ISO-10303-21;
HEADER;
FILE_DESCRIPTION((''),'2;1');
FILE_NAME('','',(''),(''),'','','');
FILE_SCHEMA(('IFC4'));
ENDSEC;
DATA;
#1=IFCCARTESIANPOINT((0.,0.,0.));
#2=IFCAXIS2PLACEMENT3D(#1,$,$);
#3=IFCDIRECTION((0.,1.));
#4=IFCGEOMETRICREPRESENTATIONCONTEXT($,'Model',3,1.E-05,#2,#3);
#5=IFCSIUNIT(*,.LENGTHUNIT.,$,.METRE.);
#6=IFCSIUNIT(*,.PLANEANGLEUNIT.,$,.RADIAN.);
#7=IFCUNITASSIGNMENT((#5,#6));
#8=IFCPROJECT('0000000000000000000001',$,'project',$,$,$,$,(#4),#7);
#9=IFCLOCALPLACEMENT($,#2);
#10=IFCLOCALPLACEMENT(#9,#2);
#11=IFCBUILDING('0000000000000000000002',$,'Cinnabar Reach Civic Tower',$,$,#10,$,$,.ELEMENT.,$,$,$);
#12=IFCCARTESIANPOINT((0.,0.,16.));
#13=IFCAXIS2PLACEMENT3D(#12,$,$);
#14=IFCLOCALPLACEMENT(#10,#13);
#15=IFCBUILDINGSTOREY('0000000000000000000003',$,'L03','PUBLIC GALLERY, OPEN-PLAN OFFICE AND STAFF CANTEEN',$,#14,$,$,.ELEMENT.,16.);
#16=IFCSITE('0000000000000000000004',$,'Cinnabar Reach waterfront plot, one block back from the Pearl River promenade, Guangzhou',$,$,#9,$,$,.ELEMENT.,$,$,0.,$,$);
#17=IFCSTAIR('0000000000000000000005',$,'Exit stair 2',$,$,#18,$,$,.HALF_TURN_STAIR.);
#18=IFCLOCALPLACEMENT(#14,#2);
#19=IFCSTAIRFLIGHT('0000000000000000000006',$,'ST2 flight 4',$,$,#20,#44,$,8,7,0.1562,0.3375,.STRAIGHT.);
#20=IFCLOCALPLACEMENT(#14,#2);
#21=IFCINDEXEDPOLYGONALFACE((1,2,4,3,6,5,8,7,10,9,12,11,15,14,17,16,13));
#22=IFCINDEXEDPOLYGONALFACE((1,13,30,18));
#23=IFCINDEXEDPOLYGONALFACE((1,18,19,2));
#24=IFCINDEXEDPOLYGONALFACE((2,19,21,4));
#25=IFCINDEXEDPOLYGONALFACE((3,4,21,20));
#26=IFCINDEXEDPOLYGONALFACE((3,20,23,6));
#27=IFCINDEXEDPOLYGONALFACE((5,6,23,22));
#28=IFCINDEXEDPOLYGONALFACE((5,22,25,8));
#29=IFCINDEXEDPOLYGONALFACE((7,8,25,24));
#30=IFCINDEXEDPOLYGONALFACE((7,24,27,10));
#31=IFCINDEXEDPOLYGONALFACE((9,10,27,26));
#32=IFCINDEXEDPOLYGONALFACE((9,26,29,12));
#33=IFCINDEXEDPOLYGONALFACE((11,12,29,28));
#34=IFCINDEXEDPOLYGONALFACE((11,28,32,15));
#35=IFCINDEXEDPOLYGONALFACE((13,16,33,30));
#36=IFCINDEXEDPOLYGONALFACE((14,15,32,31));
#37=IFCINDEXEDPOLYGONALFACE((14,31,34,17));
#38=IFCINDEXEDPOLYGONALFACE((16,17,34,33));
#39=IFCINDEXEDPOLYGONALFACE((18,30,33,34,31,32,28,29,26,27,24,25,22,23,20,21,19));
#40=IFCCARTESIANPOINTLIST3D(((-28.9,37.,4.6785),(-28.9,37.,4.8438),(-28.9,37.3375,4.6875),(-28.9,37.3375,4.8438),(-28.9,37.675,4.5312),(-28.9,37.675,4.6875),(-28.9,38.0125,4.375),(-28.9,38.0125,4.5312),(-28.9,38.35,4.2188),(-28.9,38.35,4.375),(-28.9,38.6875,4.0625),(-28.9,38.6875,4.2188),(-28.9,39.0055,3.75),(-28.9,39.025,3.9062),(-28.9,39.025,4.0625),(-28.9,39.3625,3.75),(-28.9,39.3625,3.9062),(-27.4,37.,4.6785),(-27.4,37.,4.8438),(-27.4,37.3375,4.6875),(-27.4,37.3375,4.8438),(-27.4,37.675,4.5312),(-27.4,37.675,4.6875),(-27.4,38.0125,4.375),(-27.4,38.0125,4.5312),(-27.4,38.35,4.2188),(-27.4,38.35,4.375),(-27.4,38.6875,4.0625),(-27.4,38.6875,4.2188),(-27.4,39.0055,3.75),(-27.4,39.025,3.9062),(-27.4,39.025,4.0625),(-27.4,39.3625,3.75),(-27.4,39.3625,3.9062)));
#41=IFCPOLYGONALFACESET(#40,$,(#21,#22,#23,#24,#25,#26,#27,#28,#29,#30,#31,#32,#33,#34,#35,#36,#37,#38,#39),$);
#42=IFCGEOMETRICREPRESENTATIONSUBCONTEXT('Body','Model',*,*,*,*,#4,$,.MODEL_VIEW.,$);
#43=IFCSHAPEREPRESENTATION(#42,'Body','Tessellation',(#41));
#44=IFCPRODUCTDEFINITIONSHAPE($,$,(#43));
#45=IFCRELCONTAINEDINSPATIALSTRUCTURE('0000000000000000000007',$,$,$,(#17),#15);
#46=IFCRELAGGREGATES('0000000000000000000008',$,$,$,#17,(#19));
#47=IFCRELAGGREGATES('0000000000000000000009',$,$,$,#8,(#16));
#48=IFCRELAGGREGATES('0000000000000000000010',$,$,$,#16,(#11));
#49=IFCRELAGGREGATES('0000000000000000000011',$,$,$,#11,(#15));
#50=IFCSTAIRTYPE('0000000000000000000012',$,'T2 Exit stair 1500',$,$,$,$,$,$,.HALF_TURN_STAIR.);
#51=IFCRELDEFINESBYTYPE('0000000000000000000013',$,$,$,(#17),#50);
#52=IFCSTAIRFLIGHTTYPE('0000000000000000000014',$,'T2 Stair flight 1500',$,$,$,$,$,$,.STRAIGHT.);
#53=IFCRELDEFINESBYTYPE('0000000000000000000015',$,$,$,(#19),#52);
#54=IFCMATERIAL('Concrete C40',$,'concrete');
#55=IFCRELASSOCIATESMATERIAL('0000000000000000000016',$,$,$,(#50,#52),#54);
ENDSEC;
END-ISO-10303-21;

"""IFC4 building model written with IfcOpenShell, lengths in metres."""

from ifc_helpers import new_model, si_unit, direction, frame, origin, place, context, subcontext, project, spatial, polyline, outline, extrude, material, type_object, element, aggregate, save


model = new_model("IFC4")

# Units and contexts
model_context = context("Model", 3, precision=1e-05, world=origin(), true_north=direction((0.0, 1.0)))
body_context = subcontext(model_context, "Body", "Model", "MODEL_VIEW")
ifc_project = project(units=[si_unit("LENGTHUNIT", "METRE"), si_unit("PLANEANGLEUNIT", "RADIAN")], contexts=[model_context])

# Site, building, storey
site_placement = place(None, origin())
site = spatial("IfcSite", under=ifc_project, at=site_placement, Name="Cinnabar Reach waterfront plot, one block back from the Pearl River promenade, Guangzhou", CompositionType="ELEMENT", RefElevation=0.0)
building_placement = place(site_placement, origin())
building = spatial("IfcBuilding", under=site, at=building_placement, Name="Cinnabar Reach Civic Tower", CompositionType="ELEMENT")
storey_placement = place(building_placement, frame((0.0, 0.0, 16.0)))
storey = spatial("IfcBuildingStorey", under=building, at=storey_placement, Name="L03", Description="PUBLIC GALLERY, OPEN-PLAN OFFICE AND STAFF CANTEEN", CompositionType="ELEMENT", Elevation=16.0)

# Shared definitions
ifc_material_1 = material(Name="Concrete C40", Category="concrete")

# Shared definitions
stair_type = type_object("IfcStairType", Name="T2 Exit stair 1500", PredefinedType="HALF_TURN_STAIR", material=ifc_material_1)
stair_flight_type = type_object("IfcStairFlightType", Name="T2 Stair flight 1500", PredefinedType="STRAIGHT", material=ifc_material_1)

# Stair, stair flight
stair_1_placement = place(storey_placement, origin())
stair_1 = element("IfcStair", 1, at=stair_1_placement, inside=storey, type_object=stair_type, Name="Exit stair 2", PredefinedType="HALF_TURN_STAIR")
stair_flight_1_placement = place(storey_placement, frame((-28.15, 39.3625, 3.75), z_axis=(0.0, 0.0, 1.0), x_axis=(0.0, -1.0, 0.0)))
stair_flight_1 = element("IfcStairFlight", 2, at=stair_flight_1_placement, type_object=stair_flight_type, Name="ST2 flight 4", NumberOfRisers=8, NumberOfTreads=7, PredefinedType="STRAIGHT", RiserHeight=0.1562, TreadLength=0.3375, context=body_context, shape_type="SweptSolid", body=[
    extrude(outline(polyline([(0.0, 0.0), (0.0, 0.1562), (0.3375, 0.1562), (0.3375, 0.3125), (0.675, 0.3125), (0.675, 0.4688), (1.0125, 0.4688), (1.0125, 0.625), (1.35, 0.625), (1.35, 0.7812), (1.6875, 0.7812), (1.6875, 0.9375), (2.025, 0.9375), (2.025, 1.0938), (2.3625, 1.0938), (2.3625, 1.25), (2.3625, 0.9285), (0.357, 0.0), (0.0, 0.0)])), frame((0.0, 0.75, 0.0), z_axis=(0.0, -1.0, 0.0), x_axis=(1.0, 0.0, 0.0)), (0.0, 0.0, 1.0), 1.5),
])
aggregate(stair_1, [stair_flight_1])

save(model, "model.ifc")
